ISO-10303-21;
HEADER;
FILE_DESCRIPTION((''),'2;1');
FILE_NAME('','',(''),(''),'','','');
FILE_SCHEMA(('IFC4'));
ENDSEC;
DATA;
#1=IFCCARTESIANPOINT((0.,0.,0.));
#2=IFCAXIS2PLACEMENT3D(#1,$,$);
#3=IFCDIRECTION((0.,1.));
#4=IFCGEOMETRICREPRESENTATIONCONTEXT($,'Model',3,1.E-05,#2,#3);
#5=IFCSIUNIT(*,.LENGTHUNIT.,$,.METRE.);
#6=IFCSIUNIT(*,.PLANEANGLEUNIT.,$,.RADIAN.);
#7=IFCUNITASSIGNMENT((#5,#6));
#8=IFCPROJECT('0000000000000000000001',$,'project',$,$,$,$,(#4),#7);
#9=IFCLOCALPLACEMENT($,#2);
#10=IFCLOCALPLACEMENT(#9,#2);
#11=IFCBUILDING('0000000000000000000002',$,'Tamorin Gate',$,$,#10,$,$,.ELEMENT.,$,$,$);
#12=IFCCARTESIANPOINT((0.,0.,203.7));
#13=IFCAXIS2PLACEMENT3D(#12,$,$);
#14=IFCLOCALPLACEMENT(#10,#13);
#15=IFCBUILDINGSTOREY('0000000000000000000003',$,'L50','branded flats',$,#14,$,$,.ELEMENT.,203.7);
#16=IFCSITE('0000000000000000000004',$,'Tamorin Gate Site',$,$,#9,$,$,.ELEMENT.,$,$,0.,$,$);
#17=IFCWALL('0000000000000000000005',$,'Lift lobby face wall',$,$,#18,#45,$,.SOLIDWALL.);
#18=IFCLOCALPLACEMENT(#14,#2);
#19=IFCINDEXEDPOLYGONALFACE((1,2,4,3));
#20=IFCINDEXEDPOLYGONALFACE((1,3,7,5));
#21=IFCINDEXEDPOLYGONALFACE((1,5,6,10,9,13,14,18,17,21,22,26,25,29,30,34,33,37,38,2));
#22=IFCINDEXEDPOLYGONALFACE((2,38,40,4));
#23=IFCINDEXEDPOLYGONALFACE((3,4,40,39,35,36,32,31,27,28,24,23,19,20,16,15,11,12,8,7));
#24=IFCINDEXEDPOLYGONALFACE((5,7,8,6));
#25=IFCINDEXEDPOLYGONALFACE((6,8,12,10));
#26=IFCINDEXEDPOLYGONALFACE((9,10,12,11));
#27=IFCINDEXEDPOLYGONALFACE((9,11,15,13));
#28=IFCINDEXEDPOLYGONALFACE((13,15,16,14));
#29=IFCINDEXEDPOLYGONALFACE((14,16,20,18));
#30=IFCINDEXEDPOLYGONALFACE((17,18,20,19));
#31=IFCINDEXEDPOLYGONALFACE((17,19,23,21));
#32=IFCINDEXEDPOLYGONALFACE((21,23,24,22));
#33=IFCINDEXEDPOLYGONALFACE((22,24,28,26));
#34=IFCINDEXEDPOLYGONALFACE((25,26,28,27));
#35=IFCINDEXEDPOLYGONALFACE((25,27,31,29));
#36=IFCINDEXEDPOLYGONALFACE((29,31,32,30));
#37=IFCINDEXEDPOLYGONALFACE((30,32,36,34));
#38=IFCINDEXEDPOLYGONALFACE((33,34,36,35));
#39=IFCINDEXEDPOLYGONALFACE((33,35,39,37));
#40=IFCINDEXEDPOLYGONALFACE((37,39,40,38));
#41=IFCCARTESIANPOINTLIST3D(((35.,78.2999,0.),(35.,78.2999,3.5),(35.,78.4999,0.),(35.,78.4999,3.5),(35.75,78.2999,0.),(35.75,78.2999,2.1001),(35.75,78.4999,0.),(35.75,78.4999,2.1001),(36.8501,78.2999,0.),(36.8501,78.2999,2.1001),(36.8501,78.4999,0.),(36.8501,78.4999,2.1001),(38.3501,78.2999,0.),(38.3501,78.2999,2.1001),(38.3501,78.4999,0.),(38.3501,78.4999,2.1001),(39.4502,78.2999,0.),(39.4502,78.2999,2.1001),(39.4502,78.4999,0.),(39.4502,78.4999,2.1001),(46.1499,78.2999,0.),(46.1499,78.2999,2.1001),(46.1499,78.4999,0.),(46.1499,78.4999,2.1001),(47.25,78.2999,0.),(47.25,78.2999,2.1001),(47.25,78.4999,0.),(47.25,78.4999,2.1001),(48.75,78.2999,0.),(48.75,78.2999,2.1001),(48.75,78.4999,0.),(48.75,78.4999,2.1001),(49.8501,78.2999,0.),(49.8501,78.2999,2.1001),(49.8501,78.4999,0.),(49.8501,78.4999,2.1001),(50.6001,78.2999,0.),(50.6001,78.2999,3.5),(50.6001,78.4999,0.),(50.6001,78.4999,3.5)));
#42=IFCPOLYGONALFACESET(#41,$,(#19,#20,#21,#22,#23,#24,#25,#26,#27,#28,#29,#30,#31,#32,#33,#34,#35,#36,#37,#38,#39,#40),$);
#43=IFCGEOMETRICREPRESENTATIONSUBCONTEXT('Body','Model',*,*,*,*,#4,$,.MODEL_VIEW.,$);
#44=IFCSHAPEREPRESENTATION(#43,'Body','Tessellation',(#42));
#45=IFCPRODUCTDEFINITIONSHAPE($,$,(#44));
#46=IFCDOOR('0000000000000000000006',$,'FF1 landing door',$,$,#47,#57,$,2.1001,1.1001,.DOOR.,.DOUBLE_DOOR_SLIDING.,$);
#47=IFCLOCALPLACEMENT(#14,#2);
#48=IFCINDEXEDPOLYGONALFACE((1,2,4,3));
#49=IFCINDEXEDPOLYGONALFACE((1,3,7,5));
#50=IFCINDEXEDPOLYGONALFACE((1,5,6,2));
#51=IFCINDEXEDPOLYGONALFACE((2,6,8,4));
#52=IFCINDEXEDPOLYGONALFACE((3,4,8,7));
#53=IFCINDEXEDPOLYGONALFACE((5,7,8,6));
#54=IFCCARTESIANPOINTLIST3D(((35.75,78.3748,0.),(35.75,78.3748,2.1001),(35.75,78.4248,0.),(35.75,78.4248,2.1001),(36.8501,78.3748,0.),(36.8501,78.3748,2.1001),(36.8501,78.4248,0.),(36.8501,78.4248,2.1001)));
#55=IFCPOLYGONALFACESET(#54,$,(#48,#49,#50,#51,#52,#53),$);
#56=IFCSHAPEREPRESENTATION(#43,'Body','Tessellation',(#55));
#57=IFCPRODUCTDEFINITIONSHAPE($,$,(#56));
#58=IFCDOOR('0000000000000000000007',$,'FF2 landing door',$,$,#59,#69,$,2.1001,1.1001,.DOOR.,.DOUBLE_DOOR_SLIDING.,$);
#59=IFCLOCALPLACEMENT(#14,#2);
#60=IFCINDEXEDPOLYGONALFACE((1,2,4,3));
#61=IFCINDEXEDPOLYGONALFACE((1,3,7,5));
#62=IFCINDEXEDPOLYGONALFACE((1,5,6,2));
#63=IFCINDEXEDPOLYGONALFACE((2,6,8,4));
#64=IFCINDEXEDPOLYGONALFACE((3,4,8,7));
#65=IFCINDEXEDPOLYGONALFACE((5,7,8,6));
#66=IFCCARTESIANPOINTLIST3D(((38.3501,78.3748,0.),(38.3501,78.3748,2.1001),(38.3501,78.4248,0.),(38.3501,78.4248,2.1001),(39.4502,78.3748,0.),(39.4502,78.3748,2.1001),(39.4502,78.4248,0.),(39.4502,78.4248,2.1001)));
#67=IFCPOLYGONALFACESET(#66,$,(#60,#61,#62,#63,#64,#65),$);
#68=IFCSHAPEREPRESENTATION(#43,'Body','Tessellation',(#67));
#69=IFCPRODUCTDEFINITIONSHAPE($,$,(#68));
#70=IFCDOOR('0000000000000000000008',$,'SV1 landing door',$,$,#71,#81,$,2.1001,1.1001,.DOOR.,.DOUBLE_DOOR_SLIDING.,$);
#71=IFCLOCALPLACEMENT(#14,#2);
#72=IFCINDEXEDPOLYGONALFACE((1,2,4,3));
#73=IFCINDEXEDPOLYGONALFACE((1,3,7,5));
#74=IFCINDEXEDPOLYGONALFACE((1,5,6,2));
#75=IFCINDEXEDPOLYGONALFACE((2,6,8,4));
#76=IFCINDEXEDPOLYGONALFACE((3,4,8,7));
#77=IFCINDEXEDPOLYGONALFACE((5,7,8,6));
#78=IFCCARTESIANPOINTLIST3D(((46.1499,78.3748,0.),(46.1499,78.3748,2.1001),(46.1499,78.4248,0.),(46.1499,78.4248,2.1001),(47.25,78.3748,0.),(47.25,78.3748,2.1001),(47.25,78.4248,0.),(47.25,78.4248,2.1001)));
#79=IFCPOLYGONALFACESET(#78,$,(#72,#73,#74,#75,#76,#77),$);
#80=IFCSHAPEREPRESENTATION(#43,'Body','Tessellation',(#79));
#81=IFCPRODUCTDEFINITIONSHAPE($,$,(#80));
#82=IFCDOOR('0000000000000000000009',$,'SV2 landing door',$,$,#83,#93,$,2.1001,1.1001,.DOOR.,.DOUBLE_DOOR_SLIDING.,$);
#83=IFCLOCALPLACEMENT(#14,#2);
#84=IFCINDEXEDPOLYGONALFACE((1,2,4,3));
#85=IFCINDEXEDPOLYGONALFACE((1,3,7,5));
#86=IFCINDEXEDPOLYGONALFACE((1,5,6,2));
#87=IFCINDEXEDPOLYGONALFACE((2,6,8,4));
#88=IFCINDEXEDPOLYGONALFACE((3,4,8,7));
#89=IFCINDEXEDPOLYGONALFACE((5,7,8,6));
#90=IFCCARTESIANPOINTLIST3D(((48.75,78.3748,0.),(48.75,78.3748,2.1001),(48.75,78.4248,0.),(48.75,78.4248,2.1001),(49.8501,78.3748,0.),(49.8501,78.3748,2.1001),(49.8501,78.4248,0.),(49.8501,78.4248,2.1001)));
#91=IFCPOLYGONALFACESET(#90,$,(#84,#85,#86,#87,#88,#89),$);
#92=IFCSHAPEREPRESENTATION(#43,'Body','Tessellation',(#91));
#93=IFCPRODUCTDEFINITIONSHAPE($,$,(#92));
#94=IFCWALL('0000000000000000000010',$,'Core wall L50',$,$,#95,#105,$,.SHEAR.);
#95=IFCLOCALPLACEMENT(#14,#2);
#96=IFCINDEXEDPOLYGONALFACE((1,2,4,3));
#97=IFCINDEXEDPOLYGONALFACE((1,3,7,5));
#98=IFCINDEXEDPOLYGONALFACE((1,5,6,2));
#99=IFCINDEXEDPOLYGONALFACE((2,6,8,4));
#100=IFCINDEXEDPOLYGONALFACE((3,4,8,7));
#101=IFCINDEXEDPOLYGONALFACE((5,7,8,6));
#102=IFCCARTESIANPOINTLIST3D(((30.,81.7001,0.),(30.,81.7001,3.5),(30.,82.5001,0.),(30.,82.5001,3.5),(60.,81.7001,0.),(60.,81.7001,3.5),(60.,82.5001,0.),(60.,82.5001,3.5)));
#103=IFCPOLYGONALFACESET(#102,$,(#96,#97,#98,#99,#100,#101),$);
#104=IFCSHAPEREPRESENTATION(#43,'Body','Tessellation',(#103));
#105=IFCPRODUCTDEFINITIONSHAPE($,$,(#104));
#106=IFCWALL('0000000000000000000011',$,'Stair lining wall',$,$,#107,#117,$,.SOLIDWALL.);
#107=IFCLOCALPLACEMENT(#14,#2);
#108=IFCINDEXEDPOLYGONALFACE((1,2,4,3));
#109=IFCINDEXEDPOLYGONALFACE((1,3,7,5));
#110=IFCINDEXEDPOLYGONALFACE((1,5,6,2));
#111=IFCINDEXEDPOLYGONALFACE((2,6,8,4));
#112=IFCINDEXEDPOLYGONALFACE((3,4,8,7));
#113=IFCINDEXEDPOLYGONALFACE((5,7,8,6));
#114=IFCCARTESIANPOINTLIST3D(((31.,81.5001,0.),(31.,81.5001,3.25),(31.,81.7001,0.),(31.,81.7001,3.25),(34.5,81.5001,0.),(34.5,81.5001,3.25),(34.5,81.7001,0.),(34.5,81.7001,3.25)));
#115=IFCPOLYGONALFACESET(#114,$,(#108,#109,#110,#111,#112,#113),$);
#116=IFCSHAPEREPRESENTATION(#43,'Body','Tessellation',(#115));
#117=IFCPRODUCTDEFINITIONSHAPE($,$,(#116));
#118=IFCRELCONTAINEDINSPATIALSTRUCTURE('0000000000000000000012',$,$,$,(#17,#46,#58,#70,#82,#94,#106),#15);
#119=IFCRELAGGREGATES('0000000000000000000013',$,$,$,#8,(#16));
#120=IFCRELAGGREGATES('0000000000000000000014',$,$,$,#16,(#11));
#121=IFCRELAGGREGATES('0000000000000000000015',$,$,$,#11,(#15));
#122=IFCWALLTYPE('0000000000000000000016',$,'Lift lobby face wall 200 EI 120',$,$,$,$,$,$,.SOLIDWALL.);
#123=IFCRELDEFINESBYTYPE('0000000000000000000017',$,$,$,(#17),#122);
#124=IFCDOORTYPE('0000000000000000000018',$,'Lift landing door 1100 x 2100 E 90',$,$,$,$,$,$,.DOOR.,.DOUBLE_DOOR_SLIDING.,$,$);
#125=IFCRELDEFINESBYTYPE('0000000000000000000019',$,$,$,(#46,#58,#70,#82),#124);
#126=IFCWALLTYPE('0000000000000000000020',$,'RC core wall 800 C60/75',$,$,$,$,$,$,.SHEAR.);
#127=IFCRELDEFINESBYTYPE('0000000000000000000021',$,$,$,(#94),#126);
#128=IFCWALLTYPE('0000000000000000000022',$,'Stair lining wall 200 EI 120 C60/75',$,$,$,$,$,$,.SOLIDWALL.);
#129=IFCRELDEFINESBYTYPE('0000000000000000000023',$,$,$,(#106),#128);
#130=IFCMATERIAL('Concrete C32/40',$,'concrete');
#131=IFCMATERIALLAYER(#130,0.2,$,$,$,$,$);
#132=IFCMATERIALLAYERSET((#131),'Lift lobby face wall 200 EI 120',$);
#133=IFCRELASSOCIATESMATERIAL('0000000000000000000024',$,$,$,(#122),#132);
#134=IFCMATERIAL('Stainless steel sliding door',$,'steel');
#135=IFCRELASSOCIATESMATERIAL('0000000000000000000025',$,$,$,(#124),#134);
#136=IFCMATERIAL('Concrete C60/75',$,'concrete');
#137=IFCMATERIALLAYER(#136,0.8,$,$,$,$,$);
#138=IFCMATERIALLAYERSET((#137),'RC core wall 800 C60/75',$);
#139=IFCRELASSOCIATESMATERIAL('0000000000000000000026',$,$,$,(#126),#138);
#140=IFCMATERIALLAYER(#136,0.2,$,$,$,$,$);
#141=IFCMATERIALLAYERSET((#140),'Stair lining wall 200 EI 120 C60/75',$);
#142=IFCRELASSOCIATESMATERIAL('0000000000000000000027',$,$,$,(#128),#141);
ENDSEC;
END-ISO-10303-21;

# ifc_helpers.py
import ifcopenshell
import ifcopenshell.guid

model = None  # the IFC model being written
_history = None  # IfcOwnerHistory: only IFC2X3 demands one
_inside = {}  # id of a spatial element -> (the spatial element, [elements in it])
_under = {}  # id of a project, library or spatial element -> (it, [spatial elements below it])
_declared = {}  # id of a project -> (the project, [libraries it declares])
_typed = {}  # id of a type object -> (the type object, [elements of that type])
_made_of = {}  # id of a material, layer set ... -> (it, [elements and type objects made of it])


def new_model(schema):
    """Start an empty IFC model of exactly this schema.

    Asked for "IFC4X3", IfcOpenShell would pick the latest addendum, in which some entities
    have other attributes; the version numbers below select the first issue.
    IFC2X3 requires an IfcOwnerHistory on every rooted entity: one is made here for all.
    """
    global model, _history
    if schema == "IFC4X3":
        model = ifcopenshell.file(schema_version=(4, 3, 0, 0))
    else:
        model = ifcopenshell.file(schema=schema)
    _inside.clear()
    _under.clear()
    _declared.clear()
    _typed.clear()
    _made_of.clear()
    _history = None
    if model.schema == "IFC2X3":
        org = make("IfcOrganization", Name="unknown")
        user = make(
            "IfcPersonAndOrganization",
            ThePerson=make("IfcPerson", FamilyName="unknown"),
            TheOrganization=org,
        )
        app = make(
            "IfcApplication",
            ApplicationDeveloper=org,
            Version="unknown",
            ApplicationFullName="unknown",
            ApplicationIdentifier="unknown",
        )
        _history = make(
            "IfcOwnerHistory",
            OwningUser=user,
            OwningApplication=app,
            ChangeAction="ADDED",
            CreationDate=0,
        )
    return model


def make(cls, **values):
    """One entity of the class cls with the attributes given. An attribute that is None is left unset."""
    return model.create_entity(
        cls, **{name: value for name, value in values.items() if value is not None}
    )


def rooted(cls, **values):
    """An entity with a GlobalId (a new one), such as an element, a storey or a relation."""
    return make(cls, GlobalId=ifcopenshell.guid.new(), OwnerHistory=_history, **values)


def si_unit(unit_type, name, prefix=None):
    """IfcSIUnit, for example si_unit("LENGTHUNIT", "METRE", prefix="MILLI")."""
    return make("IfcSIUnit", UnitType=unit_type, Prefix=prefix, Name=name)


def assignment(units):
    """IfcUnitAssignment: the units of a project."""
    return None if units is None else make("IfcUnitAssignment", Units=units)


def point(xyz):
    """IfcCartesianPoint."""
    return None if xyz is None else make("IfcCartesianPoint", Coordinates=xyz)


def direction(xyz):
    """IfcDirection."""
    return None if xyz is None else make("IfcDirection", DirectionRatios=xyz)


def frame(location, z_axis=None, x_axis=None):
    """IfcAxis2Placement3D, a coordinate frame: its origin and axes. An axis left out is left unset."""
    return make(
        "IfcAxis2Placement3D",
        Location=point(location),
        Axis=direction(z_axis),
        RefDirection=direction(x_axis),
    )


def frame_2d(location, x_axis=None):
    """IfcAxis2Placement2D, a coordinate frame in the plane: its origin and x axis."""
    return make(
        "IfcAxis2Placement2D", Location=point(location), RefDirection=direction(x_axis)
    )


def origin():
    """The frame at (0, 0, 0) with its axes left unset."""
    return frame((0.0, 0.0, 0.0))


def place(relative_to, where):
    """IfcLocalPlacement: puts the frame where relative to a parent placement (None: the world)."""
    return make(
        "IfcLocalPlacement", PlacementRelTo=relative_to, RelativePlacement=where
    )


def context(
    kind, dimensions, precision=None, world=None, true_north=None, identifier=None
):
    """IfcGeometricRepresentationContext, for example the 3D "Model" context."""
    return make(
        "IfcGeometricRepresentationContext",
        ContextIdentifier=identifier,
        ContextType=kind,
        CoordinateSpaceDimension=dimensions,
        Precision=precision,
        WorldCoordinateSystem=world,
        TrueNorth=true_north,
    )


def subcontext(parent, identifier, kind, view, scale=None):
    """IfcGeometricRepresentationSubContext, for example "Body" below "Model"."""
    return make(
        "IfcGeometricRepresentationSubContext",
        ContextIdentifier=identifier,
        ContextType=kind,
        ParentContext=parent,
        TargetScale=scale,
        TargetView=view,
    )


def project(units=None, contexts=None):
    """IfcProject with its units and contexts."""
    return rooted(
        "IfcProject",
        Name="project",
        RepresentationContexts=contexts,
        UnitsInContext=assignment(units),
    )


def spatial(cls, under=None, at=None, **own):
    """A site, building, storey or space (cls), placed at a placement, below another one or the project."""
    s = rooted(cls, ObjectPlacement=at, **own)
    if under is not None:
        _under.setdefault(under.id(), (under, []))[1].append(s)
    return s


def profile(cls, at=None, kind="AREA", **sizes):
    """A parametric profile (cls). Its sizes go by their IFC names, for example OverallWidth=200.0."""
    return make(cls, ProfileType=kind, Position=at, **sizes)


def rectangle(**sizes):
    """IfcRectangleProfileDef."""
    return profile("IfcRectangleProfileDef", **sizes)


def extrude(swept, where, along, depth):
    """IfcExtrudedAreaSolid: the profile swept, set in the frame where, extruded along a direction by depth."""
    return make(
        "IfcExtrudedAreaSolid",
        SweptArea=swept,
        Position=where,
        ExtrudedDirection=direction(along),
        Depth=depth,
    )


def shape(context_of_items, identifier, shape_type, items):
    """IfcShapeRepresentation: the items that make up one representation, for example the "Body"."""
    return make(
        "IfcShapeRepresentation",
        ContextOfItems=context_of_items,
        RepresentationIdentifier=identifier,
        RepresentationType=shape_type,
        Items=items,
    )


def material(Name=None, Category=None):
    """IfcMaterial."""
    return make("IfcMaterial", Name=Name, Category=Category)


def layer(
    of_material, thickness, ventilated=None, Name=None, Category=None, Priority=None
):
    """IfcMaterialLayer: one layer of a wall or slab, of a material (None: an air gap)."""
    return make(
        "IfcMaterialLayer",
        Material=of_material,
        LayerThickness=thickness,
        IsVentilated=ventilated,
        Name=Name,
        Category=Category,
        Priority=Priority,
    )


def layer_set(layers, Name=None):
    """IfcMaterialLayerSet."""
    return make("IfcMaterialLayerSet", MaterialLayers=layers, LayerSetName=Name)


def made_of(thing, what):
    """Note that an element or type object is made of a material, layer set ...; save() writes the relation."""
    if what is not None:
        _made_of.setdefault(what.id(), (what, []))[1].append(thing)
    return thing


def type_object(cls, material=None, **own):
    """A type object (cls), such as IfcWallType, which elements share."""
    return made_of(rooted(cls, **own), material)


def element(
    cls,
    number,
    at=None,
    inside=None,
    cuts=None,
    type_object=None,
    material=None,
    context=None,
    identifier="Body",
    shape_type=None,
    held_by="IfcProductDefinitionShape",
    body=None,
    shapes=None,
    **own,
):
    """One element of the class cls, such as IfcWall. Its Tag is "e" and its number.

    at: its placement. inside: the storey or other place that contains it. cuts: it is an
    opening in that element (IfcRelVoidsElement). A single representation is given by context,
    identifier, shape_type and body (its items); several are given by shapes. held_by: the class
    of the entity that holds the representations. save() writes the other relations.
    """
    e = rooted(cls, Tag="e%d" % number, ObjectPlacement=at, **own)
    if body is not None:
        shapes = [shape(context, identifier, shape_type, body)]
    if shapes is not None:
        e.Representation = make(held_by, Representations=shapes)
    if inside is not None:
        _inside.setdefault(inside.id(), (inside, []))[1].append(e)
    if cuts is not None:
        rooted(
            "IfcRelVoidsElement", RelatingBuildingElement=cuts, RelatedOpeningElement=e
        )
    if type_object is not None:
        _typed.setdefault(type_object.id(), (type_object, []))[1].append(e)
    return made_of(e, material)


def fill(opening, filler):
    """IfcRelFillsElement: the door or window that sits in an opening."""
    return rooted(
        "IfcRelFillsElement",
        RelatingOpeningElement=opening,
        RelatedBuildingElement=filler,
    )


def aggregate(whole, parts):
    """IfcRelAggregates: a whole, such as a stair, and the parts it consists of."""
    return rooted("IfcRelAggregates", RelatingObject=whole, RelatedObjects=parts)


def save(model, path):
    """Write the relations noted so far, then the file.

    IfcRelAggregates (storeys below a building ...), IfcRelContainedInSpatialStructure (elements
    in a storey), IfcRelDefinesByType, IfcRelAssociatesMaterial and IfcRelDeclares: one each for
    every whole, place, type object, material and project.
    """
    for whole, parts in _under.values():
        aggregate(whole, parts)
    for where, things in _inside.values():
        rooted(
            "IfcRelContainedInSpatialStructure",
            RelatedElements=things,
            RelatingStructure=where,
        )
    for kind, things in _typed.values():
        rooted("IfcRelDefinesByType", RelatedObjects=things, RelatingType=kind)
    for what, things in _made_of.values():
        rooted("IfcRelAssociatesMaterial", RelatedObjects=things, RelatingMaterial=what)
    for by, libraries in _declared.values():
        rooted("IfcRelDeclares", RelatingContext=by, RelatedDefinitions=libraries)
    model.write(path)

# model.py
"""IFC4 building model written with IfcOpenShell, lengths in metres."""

from ifc_helpers import new_model, si_unit, direction, frame, frame_2d, origin, place, context, subcontext, project, spatial, rectangle, extrude, material, layer, layer_set, type_object, element, fill, save


model = new_model("IFC4")

# Units and contexts
model_context = context("Model", 3, precision=1e-05, world=origin(), true_north=direction((0.0, 1.0)))
body_context = subcontext(model_context, "Body", "Model", "MODEL_VIEW")
ifc_project = project(units=[si_unit("LENGTHUNIT", "METRE"), si_unit("PLANEANGLEUNIT", "RADIAN")], contexts=[model_context])

# Site, building, storey
site_placement = place(None, origin())
site = spatial("IfcSite", under=ifc_project, at=site_placement, Name="Tamorin Gate Site", CompositionType="ELEMENT", RefElevation=0.0)
building_placement = place(site_placement, origin())
building = spatial("IfcBuilding", under=site, at=building_placement, Name="Tamorin Gate", CompositionType="ELEMENT")
storey_placement = place(building_placement, frame((0.0, 0.0, 203.7)))
storey = spatial("IfcBuildingStorey", under=building, at=storey_placement, Name="L50", Description="branded flats", CompositionType="ELEMENT", Elevation=203.7)

# Shared definitions
ifc_material_1 = material(Name="Concrete C60/75", Category="concrete")

# Wall, openings, doors
ifc_material_2 = material(Name="Concrete C32/40", Category="concrete")
ifc_layer_1 = layer(ifc_material_2, 0.2)
ifc_layer_set_1 = layer_set([ifc_layer_1], Name="Lift lobby face wall 200 EI 120")
wall_type_1 = type_object("IfcWallType", Name="Lift lobby face wall 200 EI 120", PredefinedType="SOLIDWALL", material=ifc_layer_set_1)
wall_1_placement = place(storey_placement, frame((35.0, 78.3999, 0.0), z_axis=(0.0, 0.0, 1.0), x_axis=(1.0, 0.0, 0.0)))
wall_1 = element("IfcWall", 1, at=wall_1_placement, inside=storey, type_object=wall_type_1, Name="Lift lobby face wall", PredefinedType="SOLIDWALL", context=body_context, shape_type="SweptSolid", body=[
    extrude(rectangle(XDim=15.6001, YDim=0.2, at=frame_2d((7.8, 0.0))), origin(), (0.0, 0.0, 1.0), 3.5),
])
opening_1_placement = place(wall_1_placement, frame((0.75, 0.0, 0.0)))
opening_1 = element("IfcOpeningElement", 2, at=opening_1_placement, cuts=wall_1, PredefinedType="OPENING", context=body_context, shape_type="SweptSolid", body=[
    extrude(rectangle(XDim=1.1001, YDim=2.1001, at=frame_2d((0.55, 1.05))), frame((0.0, 0.1099, 0.0), z_axis=(0.0, -1.0, 0.0), x_axis=(1.0, 0.0, 0.0)), (0.0, 0.0, 1.0), 0.22),
])
opening_2_placement = place(wall_1_placement, frame((3.3501, 0.0, 0.0)))
opening_2 = element("IfcOpeningElement", 3, at=opening_2_placement, cuts=wall_1, PredefinedType="OPENING", context=body_context, shape_type="SweptSolid", body=[
    extrude(rectangle(XDim=1.1001, YDim=2.1001, at=frame_2d((0.55, 1.05))), frame((0.0, 0.1099, 0.0), z_axis=(0.0, -1.0, 0.0), x_axis=(1.0, 0.0, 0.0)), (0.0, 0.0, 1.0), 0.22),
])
opening_3_placement = place(wall_1_placement, frame((11.1499, 0.0, 0.0)))
opening_3 = element("IfcOpeningElement", 4, at=opening_3_placement, cuts=wall_1, PredefinedType="OPENING", context=body_context, shape_type="SweptSolid", body=[
    extrude(rectangle(XDim=1.1001, YDim=2.1001, at=frame_2d((0.55, 1.05))), frame((0.0, 0.1099, 0.0), z_axis=(0.0, -1.0, 0.0), x_axis=(1.0, 0.0, 0.0)), (0.0, 0.0, 1.0), 0.22),
])
opening_4_placement = place(wall_1_placement, frame((13.75, 0.0, 0.0)))
opening_4 = element("IfcOpeningElement", 5, at=opening_4_placement, cuts=wall_1, PredefinedType="OPENING", context=body_context, shape_type="SweptSolid", body=[
    extrude(rectangle(XDim=1.1001, YDim=2.1001, at=frame_2d((0.55, 1.05))), frame((0.0, 0.1099, 0.0), z_axis=(0.0, -1.0, 0.0), x_axis=(1.0, 0.0, 0.0)), (0.0, 0.0, 1.0), 0.22),
])
ifc_material_3 = material(Name="Stainless steel sliding door", Category="steel")
door_type_1 = type_object("IfcDoorType", Name="Lift landing door 1100 x 2100 E 90", OperationType="DOUBLE_DOOR_SLIDING", PredefinedType="DOOR", material=ifc_material_3)
door_1_placement = place(opening_1_placement, origin())
door_1 = element("IfcDoor", 6, at=door_1_placement, inside=storey, type_object=door_type_1, Name="FF1 landing door", OperationType="DOUBLE_DOOR_SLIDING", OverallHeight=2.1001, OverallWidth=1.1001, PredefinedType="DOOR", context=body_context, shape_type="SweptSolid", body=[
    extrude(rectangle(XDim=1.1001, YDim=2.1001, at=frame_2d((0.55, 1.05))), frame((0.0, 0.0249, 0.0), z_axis=(0.0, -1.0, 0.0), x_axis=(1.0, 0.0, 0.0)), (0.0, 0.0, 1.0), 0.05),
])
fill(opening_1, door_1)
door_2_placement = place(opening_2_placement, origin())
door_2 = element("IfcDoor", 7, at=door_2_placement, inside=storey, type_object=door_type_1, Name="FF2 landing door", OperationType="DOUBLE_DOOR_SLIDING", OverallHeight=2.1001, OverallWidth=1.1001, PredefinedType="DOOR", context=body_context, shape_type="SweptSolid", body=[
    extrude(rectangle(XDim=1.1001, YDim=2.1001, at=frame_2d((0.55, 1.05))), frame((0.0, 0.0249, 0.0), z_axis=(0.0, -1.0, 0.0), x_axis=(1.0, 0.0, 0.0)), (0.0, 0.0, 1.0), 0.05),
])
fill(opening_2, door_2)
door_3_placement = place(opening_3_placement, origin())
door_3 = element("IfcDoor", 8, at=door_3_placement, inside=storey, type_object=door_type_1, Name="SV1 landing door", OperationType="DOUBLE_DOOR_SLIDING", OverallHeight=2.1001, OverallWidth=1.1001, PredefinedType="DOOR", context=body_context, shape_type="SweptSolid", body=[
    extrude(rectangle(XDim=1.1001, YDim=2.1001, at=frame_2d((0.55, 1.05))), frame((0.0, 0.0249, 0.0), z_axis=(0.0, -1.0, 0.0), x_axis=(1.0, 0.0, 0.0)), (0.0, 0.0, 1.0), 0.05),
])
fill(opening_3, door_3)
door_4_placement = place(opening_4_placement, origin())
door_4 = element("IfcDoor", 9, at=door_4_placement, inside=storey, type_object=door_type_1, Name="SV2 landing door", OperationType="DOUBLE_DOOR_SLIDING", OverallHeight=2.1001, OverallWidth=1.1001, PredefinedType="DOOR", context=body_context, shape_type="SweptSolid", body=[
    extrude(rectangle(XDim=1.1001, YDim=2.1001, at=frame_2d((0.55, 1.05))), frame((0.0, 0.0249, 0.0), z_axis=(0.0, -1.0, 0.0), x_axis=(1.0, 0.0, 0.0)), (0.0, 0.0, 1.0), 0.05),
])
fill(opening_4, door_4)

# Walls
ifc_layer_2 = layer(ifc_material_1, 0.8)
ifc_layer_set_2 = layer_set([ifc_layer_2], Name="RC core wall 800 C60/75")
wall_type_2 = type_object("IfcWallType", Name="RC core wall 800 C60/75", PredefinedType="SHEAR", material=ifc_layer_set_2)
wall_2_placement = place(storey_placement, frame((30.0, 82.1001, 0.0), z_axis=(0.0, 0.0, 1.0), x_axis=(1.0, 0.0, 0.0)))
element("IfcWall", 10, at=wall_2_placement, inside=storey, type_object=wall_type_2, Name="Core wall L50", PredefinedType="SHEAR", context=body_context, shape_type="SweptSolid", body=[
    extrude(rectangle(XDim=30.0, YDim=0.8, at=frame_2d((15.0, 0.0))), origin(), (0.0, 0.0, 1.0), 3.5),
])
ifc_layer_3 = layer(ifc_material_1, 0.2)
ifc_layer_set_3 = layer_set([ifc_layer_3], Name="Stair lining wall 200 EI 120 C60/75")
wall_type_3 = type_object("IfcWallType", Name="Stair lining wall 200 EI 120 C60/75", PredefinedType="SOLIDWALL", material=ifc_layer_set_3)
wall_3_placement = place(storey_placement, frame((31.0, 81.6001, 0.0), z_axis=(0.0, 0.0, 1.0), x_axis=(1.0, 0.0, 0.0)))
element("IfcWall", 11, at=wall_3_placement, inside=storey, type_object=wall_type_3, Name="Stair lining wall", PredefinedType="SOLIDWALL", context=body_context, shape_type="SweptSolid", body=[
    extrude(rectangle(XDim=3.5, YDim=0.2, at=frame_2d((1.75, 0.0))), origin(), (0.0, 0.0, 1.0), 3.25),
])

save(model, "model.ifc")
